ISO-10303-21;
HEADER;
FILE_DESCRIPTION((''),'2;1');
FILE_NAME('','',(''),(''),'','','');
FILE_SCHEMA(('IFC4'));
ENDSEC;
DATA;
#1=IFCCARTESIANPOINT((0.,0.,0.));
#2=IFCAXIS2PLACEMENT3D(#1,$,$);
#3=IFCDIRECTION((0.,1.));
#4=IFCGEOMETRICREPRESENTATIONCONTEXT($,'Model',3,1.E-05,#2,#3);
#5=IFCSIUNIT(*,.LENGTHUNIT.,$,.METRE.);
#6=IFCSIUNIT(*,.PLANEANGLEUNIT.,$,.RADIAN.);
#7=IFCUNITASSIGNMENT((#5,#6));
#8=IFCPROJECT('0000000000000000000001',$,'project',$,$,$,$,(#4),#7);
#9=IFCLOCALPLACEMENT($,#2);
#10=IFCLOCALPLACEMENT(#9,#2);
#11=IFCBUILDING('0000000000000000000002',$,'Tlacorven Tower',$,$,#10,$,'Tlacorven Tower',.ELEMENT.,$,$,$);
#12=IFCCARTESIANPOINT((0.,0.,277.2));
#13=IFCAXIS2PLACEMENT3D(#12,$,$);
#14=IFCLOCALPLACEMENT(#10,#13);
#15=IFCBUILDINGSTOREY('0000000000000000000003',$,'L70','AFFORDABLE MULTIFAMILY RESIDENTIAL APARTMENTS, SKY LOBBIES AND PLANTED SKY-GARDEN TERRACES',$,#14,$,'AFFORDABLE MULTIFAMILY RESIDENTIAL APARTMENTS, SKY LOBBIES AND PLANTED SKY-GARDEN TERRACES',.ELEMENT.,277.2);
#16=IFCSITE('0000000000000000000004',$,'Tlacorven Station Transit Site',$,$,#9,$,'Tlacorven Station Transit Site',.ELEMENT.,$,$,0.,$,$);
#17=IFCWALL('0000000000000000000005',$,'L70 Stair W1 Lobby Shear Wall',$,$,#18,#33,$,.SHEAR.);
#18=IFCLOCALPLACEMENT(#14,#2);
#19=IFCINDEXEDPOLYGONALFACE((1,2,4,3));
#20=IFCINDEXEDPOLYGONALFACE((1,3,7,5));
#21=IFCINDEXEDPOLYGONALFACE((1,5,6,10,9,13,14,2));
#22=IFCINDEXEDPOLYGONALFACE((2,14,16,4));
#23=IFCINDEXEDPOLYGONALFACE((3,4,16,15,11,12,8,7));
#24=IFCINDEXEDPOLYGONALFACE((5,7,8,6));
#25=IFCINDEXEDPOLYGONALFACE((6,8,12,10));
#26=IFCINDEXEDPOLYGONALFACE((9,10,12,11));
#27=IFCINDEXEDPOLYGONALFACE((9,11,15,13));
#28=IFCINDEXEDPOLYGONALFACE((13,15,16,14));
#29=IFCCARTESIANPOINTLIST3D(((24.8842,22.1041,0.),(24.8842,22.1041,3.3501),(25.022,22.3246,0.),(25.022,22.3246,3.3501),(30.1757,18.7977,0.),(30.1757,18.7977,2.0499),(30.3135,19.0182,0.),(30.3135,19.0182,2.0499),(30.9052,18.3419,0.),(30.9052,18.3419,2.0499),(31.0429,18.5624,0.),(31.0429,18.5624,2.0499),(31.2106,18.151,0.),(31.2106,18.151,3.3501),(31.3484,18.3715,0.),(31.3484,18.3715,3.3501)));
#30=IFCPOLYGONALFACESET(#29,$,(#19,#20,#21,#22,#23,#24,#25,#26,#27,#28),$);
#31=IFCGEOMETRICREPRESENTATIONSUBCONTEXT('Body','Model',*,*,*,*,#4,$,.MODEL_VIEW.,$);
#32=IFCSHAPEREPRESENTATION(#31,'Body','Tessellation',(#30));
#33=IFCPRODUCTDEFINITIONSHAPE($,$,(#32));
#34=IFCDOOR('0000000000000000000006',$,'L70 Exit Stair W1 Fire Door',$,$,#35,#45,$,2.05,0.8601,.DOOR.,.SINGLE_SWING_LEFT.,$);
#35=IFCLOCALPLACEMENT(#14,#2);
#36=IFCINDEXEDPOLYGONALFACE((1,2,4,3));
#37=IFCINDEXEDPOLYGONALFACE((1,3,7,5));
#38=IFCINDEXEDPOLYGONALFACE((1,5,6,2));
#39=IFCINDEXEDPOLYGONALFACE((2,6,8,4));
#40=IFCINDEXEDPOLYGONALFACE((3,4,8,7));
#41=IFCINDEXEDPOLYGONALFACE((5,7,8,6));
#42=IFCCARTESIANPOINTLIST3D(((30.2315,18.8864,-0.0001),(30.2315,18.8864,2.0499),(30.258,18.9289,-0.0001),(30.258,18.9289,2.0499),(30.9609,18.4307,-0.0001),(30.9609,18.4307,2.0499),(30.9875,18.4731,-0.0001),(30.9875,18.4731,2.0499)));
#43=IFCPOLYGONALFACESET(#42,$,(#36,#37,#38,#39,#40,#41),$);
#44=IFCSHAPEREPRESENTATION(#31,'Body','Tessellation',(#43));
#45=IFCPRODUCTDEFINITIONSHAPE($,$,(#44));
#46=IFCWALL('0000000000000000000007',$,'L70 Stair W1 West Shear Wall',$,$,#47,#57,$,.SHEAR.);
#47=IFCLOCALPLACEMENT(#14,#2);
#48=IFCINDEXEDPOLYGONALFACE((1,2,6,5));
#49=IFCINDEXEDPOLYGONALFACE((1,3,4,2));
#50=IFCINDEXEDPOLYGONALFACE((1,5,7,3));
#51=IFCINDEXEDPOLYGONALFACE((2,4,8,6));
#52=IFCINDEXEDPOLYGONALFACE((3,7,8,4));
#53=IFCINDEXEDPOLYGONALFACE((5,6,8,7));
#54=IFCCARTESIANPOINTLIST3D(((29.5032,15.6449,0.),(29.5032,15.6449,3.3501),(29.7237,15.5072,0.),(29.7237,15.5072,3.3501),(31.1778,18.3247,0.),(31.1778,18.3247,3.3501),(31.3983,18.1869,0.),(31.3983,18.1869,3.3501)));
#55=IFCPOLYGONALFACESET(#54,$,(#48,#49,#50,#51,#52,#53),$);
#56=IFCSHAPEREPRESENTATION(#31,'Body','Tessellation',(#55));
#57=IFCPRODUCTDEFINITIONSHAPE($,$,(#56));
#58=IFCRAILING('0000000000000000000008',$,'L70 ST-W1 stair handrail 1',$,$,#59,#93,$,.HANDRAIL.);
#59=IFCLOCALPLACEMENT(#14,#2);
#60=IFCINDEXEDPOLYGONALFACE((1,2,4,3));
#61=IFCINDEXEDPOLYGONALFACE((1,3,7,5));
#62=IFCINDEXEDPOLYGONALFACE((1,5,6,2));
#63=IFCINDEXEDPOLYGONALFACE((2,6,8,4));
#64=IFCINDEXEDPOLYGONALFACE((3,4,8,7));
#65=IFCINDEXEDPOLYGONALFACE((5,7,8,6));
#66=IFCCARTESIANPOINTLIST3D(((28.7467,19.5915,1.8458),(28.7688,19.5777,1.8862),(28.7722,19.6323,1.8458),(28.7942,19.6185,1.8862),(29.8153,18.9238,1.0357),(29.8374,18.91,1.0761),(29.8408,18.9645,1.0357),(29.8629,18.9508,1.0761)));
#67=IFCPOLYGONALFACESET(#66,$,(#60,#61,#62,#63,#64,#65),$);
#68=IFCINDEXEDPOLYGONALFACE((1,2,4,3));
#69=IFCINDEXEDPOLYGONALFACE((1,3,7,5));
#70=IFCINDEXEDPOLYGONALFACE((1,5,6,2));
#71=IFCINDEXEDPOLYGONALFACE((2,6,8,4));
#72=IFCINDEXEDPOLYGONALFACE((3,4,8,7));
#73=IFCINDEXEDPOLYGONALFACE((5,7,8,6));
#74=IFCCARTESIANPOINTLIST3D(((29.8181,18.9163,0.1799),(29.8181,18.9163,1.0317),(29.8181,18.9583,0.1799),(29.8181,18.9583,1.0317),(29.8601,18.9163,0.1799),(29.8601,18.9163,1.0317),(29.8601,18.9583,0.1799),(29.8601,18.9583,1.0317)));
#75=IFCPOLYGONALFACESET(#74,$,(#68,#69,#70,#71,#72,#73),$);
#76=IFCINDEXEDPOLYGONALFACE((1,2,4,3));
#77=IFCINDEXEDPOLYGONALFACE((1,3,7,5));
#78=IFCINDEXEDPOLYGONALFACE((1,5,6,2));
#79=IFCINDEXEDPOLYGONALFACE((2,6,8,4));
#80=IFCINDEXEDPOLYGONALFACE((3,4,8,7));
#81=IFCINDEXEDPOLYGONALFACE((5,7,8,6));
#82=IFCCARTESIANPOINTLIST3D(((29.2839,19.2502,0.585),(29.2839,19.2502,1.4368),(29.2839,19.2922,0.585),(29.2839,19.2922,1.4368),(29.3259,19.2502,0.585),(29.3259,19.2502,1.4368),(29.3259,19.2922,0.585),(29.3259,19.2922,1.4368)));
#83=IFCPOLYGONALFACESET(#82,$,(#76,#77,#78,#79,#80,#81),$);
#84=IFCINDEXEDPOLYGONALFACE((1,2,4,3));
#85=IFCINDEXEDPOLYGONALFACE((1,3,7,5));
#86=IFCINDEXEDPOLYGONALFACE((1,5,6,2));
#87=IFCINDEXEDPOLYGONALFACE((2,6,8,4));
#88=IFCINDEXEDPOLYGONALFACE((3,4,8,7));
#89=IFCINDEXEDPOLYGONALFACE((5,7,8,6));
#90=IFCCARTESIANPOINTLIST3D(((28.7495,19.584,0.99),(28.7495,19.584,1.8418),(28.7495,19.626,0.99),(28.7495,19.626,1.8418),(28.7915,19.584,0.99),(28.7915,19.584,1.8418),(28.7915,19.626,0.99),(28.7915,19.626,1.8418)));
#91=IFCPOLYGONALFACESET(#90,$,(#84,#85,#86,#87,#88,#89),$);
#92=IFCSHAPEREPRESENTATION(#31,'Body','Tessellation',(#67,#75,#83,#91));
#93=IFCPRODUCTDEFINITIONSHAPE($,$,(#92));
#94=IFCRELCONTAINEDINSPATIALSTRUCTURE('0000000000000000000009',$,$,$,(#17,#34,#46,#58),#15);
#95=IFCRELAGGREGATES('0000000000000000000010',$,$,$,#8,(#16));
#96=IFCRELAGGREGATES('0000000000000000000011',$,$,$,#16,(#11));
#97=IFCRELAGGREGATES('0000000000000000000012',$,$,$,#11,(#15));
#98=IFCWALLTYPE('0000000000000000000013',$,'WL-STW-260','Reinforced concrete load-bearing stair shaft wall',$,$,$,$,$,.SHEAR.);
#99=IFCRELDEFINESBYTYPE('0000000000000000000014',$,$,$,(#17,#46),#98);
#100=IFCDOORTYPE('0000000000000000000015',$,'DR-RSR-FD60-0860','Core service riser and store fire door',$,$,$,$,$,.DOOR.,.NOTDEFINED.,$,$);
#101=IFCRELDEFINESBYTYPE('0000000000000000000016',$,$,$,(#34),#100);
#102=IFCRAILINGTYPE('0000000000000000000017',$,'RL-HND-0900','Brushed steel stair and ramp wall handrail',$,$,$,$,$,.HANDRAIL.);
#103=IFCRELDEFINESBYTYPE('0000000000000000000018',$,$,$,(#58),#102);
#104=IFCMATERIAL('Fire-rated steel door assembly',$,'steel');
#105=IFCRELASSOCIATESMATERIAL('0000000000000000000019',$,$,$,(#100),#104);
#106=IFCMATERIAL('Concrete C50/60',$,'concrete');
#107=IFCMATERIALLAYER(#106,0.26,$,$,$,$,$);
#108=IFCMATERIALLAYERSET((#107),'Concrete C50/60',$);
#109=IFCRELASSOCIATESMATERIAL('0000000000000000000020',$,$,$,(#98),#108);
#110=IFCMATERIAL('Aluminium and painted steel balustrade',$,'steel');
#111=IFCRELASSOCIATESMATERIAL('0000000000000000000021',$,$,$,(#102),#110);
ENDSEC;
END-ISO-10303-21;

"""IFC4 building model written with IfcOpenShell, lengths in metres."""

from ifc_helpers import new_model, si_unit, direction, frame, frame_2d, origin, origin_2d, place, context, subcontext, project, spatial, rectangle, extrude, source, transform, mapped, material, layer, layer_set, type_object, element, fill, save


model = new_model("IFC4")

# Units and contexts
model_context = context("Model", 3, precision=1e-05, world=origin(), true_north=direction((0.0, 1.0)))
body_context = subcontext(model_context, "Body", "Model", "MODEL_VIEW")
ifc_project = project(units=[si_unit("LENGTHUNIT", "METRE"), si_unit("PLANEANGLEUNIT", "RADIAN")], contexts=[model_context])

# Site, building, storey
site_placement = place(None, origin())
site = spatial("IfcSite", under=ifc_project, at=site_placement, Name="Tlacorven Station Transit Site", LongName="Tlacorven Station Transit Site", CompositionType="ELEMENT", RefElevation=0.0)
building_placement = place(site_placement, origin())
building = spatial("IfcBuilding", under=site, at=building_placement, Name="Tlacorven Tower", LongName="Tlacorven Tower", CompositionType="ELEMENT")
storey_placement = place(building_placement, frame((0.0, 0.0, 277.2)))
storey = spatial("IfcBuildingStorey", under=building, at=storey_placement, Name="L70", Description="AFFORDABLE MULTIFAMILY RESIDENTIAL APARTMENTS, SKY LOBBIES AND PLANTED SKY-GARDEN TERRACES", LongName="AFFORDABLE MULTIFAMILY RESIDENTIAL APARTMENTS, SKY LOBBIES AND PLANTED SKY-GARDEN TERRACES", CompositionType="ELEMENT", Elevation=277.2)

# Shared definitions
ifc_material_1 = material(Name="Concrete C50/60", Category="concrete")

# Shared definitions
ifc_material_2 = material(Name="Fire-rated steel door assembly", Category="steel")

# Shared definitions
door_type_1 = type_object("IfcDoorType", Name="DR-RSR-FD60-0860", Description="Core service riser and store fire door", OperationType="NOTDEFINED", PredefinedType="DOOR", material=ifc_material_2)
shared_shape_1 = source(origin(), body_context, "Body", "SweptSolid", [
    extrude(rectangle(XDim=0.8601, YDim=2.05, at=frame_2d((0.4302, 1.0249))), frame((0.0, 0.0249, 0.0), z_axis=(0.0, -1.0, 0.0), x_axis=(1.0, 0.0, 0.0)), (0.0, 0.0, 1.0), 0.05),
])

# Wall, opening, door
ifc_layer_1 = layer(ifc_material_1, 0.26)
ifc_layer_set_1 = layer_set([ifc_layer_1], Name="Concrete C50/60")
wall_type_1 = type_object("IfcWallType", Name="WL-STW-260", Description="Reinforced concrete load-bearing stair shaft wall", PredefinedType="SHEAR", material=ifc_layer_set_1)
wall_1_placement = place(storey_placement, frame((31.2795, 18.2612, 0.0), z_axis=(0.0, 0.0, 1.0), x_axis=(-0.848052, 0.529914, 0.0)))
wall_1 = element("IfcWall", 1, at=wall_1_placement, inside=storey, type_object=wall_type_1, Name="L70 Stair W1 Lobby Shear Wall", PredefinedType="SHEAR", context=body_context, shape_type="SweptSolid", body=[
    extrude(rectangle(XDim=7.46, YDim=0.26, at=frame_2d((3.73, 0.0))), origin(), (0.0, 0.0, 1.0), 3.3501),
])
opening_1_placement = place(wall_1_placement, frame((0.3601, 0.0, 0.0)))
opening_1 = element("IfcOpeningElement", 2, at=opening_1_placement, cuts=wall_1, PredefinedType="OPENING", context=body_context, shape_type="SweptSolid", body=[
    extrude(rectangle(XDim=0.8601, YDim=2.05, at=frame_2d((0.4302, 1.0249))), frame((0.0, 0.1401, 0.0), z_axis=(0.0, -1.0, 0.0), x_axis=(1.0, 0.0, 0.0)), (0.0, 0.0, 1.0), 0.28),
])
door_1_placement = place(opening_1_placement, frame((0.8601, 0.0, 0.0), z_axis=(0.0, 0.0, 1.0), x_axis=(-1.0, 0.0, 0.0)))
door_1 = element("IfcDoor", 3, at=door_1_placement, inside=storey, type_object=door_type_1, Name="L70 Exit Stair W1 Fire Door", OperationType="SINGLE_SWING_LEFT", OverallHeight=2.05, OverallWidth=0.8601, PredefinedType="DOOR", context=body_context, shape_type="MappedRepresentation", body=[
    mapped(shared_shape_1, transform((0.0, 0.0, 0.0), scale=1.0)),
])
fill(opening_1, door_1)

# Wall
wall_2_placement = place(storey_placement, frame((31.2881, 18.2559, 0.0), z_axis=(0.0, 0.0, 1.0), x_axis=(-0.529943, -0.848033, 0.0)))
element("IfcWall", 4, at=wall_2_placement, inside=storey, type_object=wall_type_1, Name="L70 Stair W1 West Shear Wall", PredefinedType="SHEAR", context=body_context, shape_type="SweptSolid", body=[
    extrude(rectangle(XDim=3.1599, YDim=0.26, at=frame_2d((1.5801, 0.0))), origin(), (0.0, 0.0, 1.0), 3.3501),
])

# Railing
ifc_material_3 = material(Name="Aluminium and painted steel balustrade", Category="steel")
railing_type = type_object("IfcRailingType", Name="RL-HND-0900", Description="Brushed steel stair and ramp wall handrail", PredefinedType="HANDRAIL", material=ifc_material_3)
shared_shape_2 = source(origin(), body_context, "Body", "SweptSolid", [
    extrude(rectangle(XDim=0.0481, YDim=0.0481, at=origin_2d()), frame((0.0, 0.0, 0.876), z_axis=(-0.71336, 0.445748, 0.540765), x_axis=(-0.529912, -0.848053, 0.0)), (0.0, 0.0, 1.0), 1.498),
    extrude(rectangle(XDim=0.042, YDim=0.042, at=origin_2d()), origin(), (0.0, 0.0, 1.0), 0.8518),
    extrude(rectangle(XDim=0.042, YDim=0.042, at=origin_2d()), frame((-0.5342, 0.334, 0.405)), (0.0, 0.0, 1.0), 0.8518),
    extrude(rectangle(XDim=0.042, YDim=0.042, at=origin_2d()), frame((-1.0686, 0.6677, 0.8101)), (0.0, 0.0, 1.0), 0.8518),
])
railing_placement = place(storey_placement, frame((29.8391, 18.9373, 0.1799)))
element("IfcRailing", 5, at=railing_placement, inside=storey, type_object=railing_type, Name="L70 ST-W1 stair handrail 1", PredefinedType="HANDRAIL", context=body_context, shape_type="MappedRepresentation", body=[
    mapped(shared_shape_2, transform((0.0, 0.0, 0.0), scale=1.0)),
])

save(model, "model.ifc")
